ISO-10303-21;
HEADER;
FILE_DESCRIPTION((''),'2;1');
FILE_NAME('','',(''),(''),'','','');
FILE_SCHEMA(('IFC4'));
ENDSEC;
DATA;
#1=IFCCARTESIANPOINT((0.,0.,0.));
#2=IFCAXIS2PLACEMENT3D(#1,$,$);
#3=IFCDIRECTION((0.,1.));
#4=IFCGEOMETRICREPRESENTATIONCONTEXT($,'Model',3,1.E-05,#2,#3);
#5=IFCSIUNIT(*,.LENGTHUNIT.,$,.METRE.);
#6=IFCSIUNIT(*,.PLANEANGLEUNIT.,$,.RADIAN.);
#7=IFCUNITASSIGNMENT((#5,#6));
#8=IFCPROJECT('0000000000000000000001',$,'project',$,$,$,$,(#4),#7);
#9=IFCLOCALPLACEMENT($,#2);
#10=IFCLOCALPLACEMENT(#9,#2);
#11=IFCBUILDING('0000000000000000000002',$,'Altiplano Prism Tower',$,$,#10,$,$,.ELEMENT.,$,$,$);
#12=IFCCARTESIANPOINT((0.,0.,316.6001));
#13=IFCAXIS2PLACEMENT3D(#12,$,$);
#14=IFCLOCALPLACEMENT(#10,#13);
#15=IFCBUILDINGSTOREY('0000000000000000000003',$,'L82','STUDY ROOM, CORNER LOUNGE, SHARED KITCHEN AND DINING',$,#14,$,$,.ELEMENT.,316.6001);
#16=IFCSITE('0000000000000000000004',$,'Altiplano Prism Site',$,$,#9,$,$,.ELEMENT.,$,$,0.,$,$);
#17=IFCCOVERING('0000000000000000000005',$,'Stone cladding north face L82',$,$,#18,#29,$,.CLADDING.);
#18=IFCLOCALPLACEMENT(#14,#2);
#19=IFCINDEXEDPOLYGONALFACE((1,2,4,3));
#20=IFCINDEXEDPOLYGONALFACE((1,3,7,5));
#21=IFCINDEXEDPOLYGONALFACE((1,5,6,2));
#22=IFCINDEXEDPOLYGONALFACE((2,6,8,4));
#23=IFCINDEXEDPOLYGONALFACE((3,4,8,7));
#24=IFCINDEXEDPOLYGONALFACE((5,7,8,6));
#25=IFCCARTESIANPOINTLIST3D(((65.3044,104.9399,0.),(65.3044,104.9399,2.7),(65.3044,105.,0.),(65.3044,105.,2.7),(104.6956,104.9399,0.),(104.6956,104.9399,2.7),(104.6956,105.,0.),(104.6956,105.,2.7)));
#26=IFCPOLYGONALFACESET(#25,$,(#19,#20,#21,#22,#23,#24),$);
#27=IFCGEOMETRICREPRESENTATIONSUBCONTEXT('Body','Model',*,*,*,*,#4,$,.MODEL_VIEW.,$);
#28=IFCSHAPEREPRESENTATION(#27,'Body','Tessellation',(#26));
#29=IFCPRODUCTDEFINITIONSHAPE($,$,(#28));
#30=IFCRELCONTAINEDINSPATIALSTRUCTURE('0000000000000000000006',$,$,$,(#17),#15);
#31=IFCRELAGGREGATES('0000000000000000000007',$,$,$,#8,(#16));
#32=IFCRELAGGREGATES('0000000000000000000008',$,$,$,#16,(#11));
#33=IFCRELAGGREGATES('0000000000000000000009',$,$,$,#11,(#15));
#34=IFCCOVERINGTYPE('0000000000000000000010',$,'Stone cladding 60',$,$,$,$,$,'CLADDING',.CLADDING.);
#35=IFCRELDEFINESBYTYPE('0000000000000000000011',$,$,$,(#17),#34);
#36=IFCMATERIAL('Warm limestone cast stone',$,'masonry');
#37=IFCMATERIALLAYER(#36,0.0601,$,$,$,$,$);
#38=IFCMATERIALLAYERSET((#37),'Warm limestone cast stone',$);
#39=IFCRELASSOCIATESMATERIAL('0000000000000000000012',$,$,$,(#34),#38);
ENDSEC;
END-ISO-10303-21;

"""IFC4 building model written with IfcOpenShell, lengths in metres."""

from ifc_helpers import new_model, si_unit, direction, frame, frame_2d, origin, place, context, subcontext, project, spatial, rectangle, extrude, material, layer, layer_set, type_object, element, save


model = new_model("IFC4")

# Units and contexts
model_context = context("Model", 3, precision=1e-05, world=origin(), true_north=direction((0.0, 1.0)))
body_context = subcontext(model_context, "Body", "Model", "MODEL_VIEW")
ifc_project = project(units=[si_unit("LENGTHUNIT", "METRE"), si_unit("PLANEANGLEUNIT", "RADIAN")], contexts=[model_context])

# Site, building, storey
site_placement = place(None, origin())
site = spatial("IfcSite", under=ifc_project, at=site_placement, Name="Altiplano Prism Site", CompositionType="ELEMENT", RefElevation=0.0)
building_placement = place(site_placement, origin())
building = spatial("IfcBuilding", under=site, at=building_placement, Name="Altiplano Prism Tower", CompositionType="ELEMENT")
storey_placement = place(building_placement, frame((0.0, 0.0, 316.6001)))
storey = spatial("IfcBuildingStorey", under=building, at=storey_placement, Name="L82", Description="STUDY ROOM, CORNER LOUNGE, SHARED KITCHEN AND DINING", CompositionType="ELEMENT", Elevation=316.6001)

# Covering
ifc_material_1 = material(Name="Warm limestone cast stone", Category="masonry")
ifc_layer_1 = layer(ifc_material_1, 0.0601)
ifc_layer_set_1 = layer_set([ifc_layer_1], Name="Warm limestone cast stone")
covering_type = type_object("IfcCoveringType", Name="Stone cladding 60", ElementType="CLADDING", PredefinedType="CLADDING", material=ifc_layer_set_1)
covering_placement = place(storey_placement, frame((65.3044, 104.97, 0.0), z_axis=(0.0, 0.0, 1.0), x_axis=(1.0, 0.0, 0.0)))
element("IfcCovering", 1, at=covering_placement, inside=storey, type_object=covering_type, Name="Stone cladding north face L82", PredefinedType="CLADDING", context=body_context, shape_type="SweptSolid", body=[
    extrude(rectangle(XDim=39.3911, YDim=0.0601, at=frame_2d((19.6956, 0.0))), origin(), (0.0, 0.0, 1.0), 2.7),
])

save(model, "model.ifc")
